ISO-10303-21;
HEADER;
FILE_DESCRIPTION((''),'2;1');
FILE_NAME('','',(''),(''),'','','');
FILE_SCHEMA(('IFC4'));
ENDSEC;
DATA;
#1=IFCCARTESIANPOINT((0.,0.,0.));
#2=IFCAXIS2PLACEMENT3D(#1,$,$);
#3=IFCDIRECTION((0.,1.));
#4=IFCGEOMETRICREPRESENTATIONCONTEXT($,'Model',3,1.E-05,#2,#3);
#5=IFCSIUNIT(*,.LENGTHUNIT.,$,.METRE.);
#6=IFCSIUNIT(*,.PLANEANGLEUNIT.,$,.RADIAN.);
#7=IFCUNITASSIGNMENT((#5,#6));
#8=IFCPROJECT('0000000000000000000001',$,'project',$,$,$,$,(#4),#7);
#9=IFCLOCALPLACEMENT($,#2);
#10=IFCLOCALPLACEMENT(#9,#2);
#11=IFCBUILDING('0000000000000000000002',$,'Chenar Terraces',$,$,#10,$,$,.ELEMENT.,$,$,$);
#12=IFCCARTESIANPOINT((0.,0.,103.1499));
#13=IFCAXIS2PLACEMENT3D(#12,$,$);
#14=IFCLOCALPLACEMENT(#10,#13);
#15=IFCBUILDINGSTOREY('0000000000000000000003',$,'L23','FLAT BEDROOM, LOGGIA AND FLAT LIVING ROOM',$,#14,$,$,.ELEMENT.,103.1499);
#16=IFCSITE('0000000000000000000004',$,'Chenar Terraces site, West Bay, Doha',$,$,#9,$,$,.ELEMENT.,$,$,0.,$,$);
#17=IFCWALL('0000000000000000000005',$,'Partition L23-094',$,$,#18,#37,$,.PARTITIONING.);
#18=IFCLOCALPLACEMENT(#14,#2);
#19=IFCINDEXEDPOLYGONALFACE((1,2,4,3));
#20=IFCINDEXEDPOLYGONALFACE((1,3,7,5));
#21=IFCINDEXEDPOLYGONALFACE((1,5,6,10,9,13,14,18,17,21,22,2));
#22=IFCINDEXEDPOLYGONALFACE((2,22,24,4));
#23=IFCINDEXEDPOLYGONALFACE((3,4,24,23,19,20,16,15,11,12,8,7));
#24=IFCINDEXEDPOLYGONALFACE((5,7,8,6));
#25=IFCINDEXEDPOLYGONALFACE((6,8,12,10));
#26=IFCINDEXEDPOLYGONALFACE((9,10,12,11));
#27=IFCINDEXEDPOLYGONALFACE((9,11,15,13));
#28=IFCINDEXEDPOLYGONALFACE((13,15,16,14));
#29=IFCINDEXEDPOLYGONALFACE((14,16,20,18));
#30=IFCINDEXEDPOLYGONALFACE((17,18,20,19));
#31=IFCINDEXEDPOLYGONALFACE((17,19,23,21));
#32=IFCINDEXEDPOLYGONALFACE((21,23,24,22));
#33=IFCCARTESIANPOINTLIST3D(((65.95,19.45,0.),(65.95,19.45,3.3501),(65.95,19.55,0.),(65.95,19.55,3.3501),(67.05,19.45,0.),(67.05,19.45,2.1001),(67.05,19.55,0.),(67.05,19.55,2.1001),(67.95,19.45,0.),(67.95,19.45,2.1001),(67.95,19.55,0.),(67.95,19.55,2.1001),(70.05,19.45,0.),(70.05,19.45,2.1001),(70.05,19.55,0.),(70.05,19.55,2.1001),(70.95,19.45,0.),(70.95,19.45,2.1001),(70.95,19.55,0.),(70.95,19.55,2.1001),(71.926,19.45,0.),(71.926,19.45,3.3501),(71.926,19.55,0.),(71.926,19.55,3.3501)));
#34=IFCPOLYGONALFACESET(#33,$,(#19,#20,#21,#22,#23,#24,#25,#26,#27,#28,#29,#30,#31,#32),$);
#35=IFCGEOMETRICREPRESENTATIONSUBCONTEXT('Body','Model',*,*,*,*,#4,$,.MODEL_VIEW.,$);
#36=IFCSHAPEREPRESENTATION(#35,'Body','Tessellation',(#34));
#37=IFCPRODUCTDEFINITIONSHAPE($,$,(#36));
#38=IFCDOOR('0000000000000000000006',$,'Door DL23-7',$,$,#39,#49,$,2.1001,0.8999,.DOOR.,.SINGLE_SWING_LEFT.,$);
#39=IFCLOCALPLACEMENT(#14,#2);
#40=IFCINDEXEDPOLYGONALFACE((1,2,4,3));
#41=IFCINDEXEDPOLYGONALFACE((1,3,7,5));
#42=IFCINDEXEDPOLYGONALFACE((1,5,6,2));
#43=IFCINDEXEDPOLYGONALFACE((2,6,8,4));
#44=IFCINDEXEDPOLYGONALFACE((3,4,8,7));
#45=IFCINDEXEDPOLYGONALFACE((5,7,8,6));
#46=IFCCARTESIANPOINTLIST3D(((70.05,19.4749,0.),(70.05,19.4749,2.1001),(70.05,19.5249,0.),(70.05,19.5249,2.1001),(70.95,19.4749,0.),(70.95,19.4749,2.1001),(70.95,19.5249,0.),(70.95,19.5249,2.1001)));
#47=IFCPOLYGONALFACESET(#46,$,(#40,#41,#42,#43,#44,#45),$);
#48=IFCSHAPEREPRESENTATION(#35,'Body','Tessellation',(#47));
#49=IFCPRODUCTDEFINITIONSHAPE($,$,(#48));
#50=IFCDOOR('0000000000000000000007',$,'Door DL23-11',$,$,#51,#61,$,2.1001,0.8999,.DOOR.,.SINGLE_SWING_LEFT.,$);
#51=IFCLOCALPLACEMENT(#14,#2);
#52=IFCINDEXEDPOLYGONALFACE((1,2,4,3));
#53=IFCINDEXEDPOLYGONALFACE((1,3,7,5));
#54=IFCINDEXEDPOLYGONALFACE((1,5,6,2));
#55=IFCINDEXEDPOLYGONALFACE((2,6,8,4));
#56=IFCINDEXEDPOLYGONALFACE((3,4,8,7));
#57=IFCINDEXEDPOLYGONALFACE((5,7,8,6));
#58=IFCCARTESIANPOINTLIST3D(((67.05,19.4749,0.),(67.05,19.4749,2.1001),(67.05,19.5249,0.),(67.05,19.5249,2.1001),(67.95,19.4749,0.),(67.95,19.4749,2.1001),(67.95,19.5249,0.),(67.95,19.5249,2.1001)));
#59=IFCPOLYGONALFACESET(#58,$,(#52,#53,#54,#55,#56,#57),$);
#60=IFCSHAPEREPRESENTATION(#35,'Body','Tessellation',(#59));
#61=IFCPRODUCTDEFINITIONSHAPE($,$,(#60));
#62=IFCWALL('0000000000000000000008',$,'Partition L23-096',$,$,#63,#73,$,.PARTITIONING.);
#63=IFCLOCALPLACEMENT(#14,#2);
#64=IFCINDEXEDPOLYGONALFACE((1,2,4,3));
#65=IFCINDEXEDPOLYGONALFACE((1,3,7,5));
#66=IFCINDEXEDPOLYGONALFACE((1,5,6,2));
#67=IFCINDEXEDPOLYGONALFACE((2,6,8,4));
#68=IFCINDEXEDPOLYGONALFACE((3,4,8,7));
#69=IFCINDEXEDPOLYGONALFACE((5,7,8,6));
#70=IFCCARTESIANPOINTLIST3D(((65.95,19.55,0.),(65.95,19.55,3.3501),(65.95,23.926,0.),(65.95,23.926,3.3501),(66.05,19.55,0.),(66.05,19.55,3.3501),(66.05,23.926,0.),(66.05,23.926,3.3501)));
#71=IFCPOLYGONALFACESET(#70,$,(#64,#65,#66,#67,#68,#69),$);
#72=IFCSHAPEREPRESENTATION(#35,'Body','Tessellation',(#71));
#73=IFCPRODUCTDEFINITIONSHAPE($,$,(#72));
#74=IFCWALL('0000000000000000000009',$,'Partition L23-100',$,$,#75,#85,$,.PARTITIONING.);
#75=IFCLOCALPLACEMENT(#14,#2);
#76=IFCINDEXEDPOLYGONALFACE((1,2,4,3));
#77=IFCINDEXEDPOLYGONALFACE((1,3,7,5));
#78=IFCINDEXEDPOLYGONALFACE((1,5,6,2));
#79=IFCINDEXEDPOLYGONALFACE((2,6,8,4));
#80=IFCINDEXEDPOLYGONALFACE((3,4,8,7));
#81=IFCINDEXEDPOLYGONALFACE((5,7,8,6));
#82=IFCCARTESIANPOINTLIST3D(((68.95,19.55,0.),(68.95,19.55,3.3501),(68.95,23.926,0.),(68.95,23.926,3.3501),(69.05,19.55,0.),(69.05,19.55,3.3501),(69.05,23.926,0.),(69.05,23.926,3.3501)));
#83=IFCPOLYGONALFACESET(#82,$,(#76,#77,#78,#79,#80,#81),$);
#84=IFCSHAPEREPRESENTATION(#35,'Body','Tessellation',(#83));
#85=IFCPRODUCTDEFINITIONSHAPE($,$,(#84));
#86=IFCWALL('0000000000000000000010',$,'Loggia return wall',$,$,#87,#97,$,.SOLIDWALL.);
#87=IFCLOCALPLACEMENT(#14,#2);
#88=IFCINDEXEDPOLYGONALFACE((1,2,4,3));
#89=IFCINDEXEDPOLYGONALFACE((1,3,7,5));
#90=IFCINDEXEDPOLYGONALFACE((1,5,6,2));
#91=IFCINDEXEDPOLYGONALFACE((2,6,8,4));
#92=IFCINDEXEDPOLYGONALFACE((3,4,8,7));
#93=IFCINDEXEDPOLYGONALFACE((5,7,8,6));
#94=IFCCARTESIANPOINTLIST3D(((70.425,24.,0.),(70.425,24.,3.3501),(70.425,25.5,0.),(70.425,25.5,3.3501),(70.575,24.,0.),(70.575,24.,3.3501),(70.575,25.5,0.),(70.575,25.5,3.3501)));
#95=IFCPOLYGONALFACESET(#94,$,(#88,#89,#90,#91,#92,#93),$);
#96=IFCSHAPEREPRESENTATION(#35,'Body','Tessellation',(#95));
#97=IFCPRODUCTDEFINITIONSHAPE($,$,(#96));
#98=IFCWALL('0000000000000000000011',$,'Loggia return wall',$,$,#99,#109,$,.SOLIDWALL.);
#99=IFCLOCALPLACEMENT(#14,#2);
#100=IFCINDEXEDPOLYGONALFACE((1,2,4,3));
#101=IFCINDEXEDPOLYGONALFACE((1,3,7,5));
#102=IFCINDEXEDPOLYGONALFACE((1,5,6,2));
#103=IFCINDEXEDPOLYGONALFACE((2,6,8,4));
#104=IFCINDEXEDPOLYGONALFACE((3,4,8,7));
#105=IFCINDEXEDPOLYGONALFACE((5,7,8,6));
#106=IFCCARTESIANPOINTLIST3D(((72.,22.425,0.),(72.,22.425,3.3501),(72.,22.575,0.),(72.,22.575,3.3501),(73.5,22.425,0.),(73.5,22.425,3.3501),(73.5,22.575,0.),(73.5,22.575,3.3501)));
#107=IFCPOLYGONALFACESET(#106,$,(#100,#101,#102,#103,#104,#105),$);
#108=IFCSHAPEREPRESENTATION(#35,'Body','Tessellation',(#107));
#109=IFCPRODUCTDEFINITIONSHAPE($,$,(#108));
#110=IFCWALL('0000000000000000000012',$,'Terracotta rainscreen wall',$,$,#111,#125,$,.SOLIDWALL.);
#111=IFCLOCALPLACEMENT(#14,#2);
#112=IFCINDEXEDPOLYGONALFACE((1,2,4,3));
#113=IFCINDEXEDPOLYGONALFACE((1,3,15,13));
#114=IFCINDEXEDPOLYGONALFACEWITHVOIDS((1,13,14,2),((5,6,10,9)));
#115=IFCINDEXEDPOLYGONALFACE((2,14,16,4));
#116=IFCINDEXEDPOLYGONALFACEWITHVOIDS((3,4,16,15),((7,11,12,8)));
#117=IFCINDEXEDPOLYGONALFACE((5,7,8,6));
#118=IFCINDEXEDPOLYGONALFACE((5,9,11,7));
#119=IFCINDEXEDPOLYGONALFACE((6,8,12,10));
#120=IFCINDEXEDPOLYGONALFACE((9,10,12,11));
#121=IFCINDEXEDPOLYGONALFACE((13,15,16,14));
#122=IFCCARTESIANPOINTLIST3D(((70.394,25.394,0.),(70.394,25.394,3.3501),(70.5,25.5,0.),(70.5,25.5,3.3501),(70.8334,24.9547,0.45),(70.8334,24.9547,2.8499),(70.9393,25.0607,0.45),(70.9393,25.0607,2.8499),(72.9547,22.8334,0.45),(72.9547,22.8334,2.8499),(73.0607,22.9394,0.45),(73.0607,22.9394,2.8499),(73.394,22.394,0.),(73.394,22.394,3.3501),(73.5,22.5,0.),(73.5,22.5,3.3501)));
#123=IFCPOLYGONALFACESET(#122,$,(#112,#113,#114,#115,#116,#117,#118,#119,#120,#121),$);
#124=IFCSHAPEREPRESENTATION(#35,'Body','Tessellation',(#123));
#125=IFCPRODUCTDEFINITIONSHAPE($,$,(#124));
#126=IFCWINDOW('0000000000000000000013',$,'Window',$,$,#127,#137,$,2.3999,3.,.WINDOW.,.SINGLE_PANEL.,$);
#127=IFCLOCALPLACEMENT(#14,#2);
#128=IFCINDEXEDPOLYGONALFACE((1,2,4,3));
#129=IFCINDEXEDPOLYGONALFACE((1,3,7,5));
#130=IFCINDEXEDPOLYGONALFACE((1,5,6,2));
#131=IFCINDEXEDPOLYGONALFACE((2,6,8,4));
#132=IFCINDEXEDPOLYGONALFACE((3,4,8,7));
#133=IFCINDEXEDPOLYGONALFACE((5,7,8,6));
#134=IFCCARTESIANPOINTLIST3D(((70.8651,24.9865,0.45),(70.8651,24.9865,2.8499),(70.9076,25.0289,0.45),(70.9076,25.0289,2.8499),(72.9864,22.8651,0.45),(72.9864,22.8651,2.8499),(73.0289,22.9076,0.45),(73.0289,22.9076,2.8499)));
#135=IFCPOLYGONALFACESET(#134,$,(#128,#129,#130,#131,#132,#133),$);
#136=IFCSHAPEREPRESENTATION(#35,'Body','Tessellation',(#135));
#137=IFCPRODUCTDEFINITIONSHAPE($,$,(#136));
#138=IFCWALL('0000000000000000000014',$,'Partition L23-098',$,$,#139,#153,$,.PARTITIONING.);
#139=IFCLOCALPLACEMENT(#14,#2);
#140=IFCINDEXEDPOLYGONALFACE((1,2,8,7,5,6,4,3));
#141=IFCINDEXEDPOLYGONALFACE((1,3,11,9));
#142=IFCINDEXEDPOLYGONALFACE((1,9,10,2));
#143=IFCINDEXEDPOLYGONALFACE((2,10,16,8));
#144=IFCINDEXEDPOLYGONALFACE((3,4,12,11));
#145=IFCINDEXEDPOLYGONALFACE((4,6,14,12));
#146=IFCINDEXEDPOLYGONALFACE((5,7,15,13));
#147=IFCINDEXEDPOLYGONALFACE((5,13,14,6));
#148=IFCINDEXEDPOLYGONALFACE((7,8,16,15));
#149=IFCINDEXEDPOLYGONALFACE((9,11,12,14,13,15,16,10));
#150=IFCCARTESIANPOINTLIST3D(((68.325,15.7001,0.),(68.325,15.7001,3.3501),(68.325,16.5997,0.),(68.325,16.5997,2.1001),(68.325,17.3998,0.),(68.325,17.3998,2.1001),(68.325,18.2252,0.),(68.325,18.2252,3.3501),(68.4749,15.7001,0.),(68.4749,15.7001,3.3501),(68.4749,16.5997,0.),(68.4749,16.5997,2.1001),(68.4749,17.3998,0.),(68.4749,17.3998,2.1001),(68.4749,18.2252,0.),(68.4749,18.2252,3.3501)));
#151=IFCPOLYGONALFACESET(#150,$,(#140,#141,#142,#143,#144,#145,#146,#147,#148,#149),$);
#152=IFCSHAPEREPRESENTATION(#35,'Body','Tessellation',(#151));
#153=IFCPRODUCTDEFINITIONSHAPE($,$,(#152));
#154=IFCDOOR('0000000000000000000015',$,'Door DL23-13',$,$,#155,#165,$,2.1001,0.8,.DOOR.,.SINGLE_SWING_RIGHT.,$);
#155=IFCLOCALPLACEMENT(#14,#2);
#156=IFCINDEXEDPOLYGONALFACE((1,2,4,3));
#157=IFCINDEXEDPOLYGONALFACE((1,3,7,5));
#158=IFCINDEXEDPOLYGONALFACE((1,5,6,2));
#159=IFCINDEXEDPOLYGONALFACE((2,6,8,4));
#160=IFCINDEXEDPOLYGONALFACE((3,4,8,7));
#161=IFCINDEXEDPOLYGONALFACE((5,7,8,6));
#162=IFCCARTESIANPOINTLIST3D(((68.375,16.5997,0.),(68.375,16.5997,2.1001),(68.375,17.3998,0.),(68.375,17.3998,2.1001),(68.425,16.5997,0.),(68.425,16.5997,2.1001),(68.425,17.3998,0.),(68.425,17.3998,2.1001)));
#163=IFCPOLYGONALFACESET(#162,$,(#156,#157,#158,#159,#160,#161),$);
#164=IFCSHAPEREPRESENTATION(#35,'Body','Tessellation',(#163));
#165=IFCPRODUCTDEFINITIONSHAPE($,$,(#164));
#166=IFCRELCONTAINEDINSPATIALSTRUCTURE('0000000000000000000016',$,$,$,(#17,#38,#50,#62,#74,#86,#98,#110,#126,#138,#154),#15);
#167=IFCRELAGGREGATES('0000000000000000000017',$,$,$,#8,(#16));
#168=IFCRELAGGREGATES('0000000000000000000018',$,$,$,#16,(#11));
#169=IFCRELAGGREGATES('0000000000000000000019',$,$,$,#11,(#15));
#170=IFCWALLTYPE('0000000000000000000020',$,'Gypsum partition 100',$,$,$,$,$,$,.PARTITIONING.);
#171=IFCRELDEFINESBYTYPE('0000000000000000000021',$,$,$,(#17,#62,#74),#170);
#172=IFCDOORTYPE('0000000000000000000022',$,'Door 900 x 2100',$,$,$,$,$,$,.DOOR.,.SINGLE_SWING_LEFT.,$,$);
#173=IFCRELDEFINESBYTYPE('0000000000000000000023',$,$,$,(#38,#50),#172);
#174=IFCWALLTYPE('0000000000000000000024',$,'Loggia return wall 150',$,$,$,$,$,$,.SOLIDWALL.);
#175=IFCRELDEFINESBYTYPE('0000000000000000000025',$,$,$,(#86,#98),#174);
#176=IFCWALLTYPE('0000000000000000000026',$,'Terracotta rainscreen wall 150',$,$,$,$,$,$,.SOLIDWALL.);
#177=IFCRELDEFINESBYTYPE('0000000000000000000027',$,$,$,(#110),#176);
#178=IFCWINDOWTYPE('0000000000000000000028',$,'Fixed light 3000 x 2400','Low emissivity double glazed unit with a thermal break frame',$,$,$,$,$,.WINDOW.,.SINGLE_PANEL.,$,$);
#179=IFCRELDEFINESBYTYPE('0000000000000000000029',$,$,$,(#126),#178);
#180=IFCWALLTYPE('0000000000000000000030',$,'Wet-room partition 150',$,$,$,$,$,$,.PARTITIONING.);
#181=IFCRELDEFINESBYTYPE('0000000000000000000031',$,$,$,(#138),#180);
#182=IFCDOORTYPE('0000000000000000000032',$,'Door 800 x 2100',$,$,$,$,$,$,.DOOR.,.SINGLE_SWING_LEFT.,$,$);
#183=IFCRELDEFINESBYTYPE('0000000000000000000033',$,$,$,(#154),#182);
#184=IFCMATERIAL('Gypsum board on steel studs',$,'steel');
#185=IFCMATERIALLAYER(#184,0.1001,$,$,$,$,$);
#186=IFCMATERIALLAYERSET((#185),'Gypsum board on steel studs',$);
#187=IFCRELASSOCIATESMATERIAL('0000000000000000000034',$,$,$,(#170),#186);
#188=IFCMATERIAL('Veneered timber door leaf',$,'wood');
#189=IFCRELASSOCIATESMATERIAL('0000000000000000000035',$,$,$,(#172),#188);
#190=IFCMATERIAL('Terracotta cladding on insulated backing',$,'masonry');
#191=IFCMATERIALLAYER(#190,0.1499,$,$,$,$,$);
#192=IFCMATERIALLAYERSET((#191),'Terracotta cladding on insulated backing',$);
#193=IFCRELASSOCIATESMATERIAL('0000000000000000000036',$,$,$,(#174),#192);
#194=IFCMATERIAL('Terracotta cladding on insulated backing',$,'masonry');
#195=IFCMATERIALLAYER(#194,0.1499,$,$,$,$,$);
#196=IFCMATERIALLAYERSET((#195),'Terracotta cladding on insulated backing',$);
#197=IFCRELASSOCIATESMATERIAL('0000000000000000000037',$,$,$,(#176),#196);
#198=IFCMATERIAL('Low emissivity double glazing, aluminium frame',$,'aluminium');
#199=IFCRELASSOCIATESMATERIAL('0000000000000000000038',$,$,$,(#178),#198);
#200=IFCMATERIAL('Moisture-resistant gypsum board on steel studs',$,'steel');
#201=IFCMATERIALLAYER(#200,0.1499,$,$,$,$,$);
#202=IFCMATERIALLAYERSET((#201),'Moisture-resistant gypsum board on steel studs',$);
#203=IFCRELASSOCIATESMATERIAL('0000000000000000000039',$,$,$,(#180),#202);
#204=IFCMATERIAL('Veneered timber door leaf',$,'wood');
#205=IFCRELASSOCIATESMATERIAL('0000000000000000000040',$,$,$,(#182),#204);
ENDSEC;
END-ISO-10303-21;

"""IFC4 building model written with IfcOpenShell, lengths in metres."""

from ifc_helpers import new_model, si_unit, direction, frame, frame_2d, origin, place, context, subcontext, project, spatial, rectangle, extrude, material, layer, layer_set, type_object, element, fill, save


model = new_model("IFC4")

# Units and contexts
model_context = context("Model", 3, precision=1e-05, world=origin(), true_north=direction((0.0, 1.0)))
body_context = subcontext(model_context, "Body", "Model", "MODEL_VIEW")
ifc_project = project(units=[si_unit("LENGTHUNIT", "METRE"), si_unit("PLANEANGLEUNIT", "RADIAN")], contexts=[model_context])

# Site, building, storey
site_placement = place(None, origin())
site = spatial("IfcSite", under=ifc_project, at=site_placement, Name="Chenar Terraces site, West Bay, Doha", CompositionType="ELEMENT", RefElevation=0.0)
building_placement = place(site_placement, origin())
building = spatial("IfcBuilding", under=site, at=building_placement, Name="Chenar Terraces", CompositionType="ELEMENT")
storey_placement = place(building_placement, frame((0.0, 0.0, 103.1499)))
storey = spatial("IfcBuildingStorey", under=building, at=storey_placement, Name="L23", Description="FLAT BEDROOM, LOGGIA AND FLAT LIVING ROOM", CompositionType="ELEMENT", Elevation=103.1499)

# Wall, openings, doors
ifc_material_1 = material(Name="Gypsum board on steel studs", Category="steel")
ifc_layer_1 = layer(ifc_material_1, 0.1001)
ifc_layer_set_1 = layer_set([ifc_layer_1], Name="Gypsum board on steel studs")
wall_type_1 = type_object("IfcWallType", Name="Gypsum partition 100", PredefinedType="PARTITIONING", material=ifc_layer_set_1)
wall_1_placement = place(storey_placement, frame((65.95, 19.5, 0.0), z_axis=(0.0, 0.0, 1.0), x_axis=(1.0, 0.0, 0.0)))
wall_1 = element("IfcWall", 1, at=wall_1_placement, inside=storey, type_object=wall_type_1, Name="Partition L23-094", PredefinedType="PARTITIONING", context=body_context, shape_type="SweptSolid", body=[
    extrude(rectangle(XDim=5.9761, YDim=0.1001, at=frame_2d((2.988, 0.0))), origin(), (0.0, 0.0, 1.0), 3.3501),
])
opening_1_placement = place(wall_1_placement, frame((4.1001, 0.0, 0.0)))
opening_1 = element("IfcOpeningElement", 2, at=opening_1_placement, cuts=wall_1, PredefinedType="OPENING", context=body_context, shape_type="SweptSolid", body=[
    extrude(rectangle(XDim=0.8999, YDim=2.1001, at=frame_2d((0.45, 1.05))), frame((0.0, 0.0601, 0.0), z_axis=(0.0, -1.0, 0.0), x_axis=(1.0, 0.0, 0.0)), (0.0, 0.0, 1.0), 0.1201),
])
opening_2_placement = place(wall_1_placement, frame((1.1001, 0.0, 0.0)))
opening_2 = element("IfcOpeningElement", 3, at=opening_2_placement, cuts=wall_1, PredefinedType="OPENING", context=body_context, shape_type="SweptSolid", body=[
    extrude(rectangle(XDim=0.8999, YDim=2.1001, at=frame_2d((0.45, 1.05))), frame((0.0, 0.0601, 0.0), z_axis=(0.0, -1.0, 0.0), x_axis=(1.0, 0.0, 0.0)), (0.0, 0.0, 1.0), 0.1201),
])
ifc_material_2 = material(Name="Veneered timber door leaf", Category="wood")
door_type_1 = type_object("IfcDoorType", Name="Door 900 x 2100", OperationType="SINGLE_SWING_LEFT", PredefinedType="DOOR", material=ifc_material_2)
door_1_placement = place(opening_1_placement, origin())
door_1 = element("IfcDoor", 4, at=door_1_placement, inside=storey, type_object=door_type_1, Name="Door DL23-7", OperationType="SINGLE_SWING_LEFT", OverallHeight=2.1001, OverallWidth=0.8999, PredefinedType="DOOR", context=body_context, shape_type="SweptSolid", body=[
    extrude(rectangle(XDim=0.8999, YDim=2.1001, at=frame_2d((0.45, 1.05))), frame((0.0, 0.0249, 0.0), z_axis=(0.0, -1.0, 0.0), x_axis=(1.0, 0.0, 0.0)), (0.0, 0.0, 1.0), 0.05),
])
fill(opening_1, door_1)
door_2_placement = place(opening_2_placement, origin())
door_2 = element("IfcDoor", 5, at=door_2_placement, inside=storey, type_object=door_type_1, Name="Door DL23-11", OperationType="SINGLE_SWING_LEFT", OverallHeight=2.1001, OverallWidth=0.8999, PredefinedType="DOOR", context=body_context, shape_type="SweptSolid", body=[
    extrude(rectangle(XDim=0.8999, YDim=2.1001, at=frame_2d((0.45, 1.05))), frame((0.0, 0.0249, 0.0), z_axis=(0.0, -1.0, 0.0), x_axis=(1.0, 0.0, 0.0)), (0.0, 0.0, 1.0), 0.05),
])
fill(opening_2, door_2)

# Walls
for number, where, z_axis, x_axis, name in (
    (6, (66.0, 19.55, 0.0), (0.0, 0.0, 1.0), (0.0, 1.0, 0.0), "Partition L23-096"),
    (7, (69.0, 19.55, 0.0), (0.0, 0.0, 1.0), (0.0, 1.0, 0.0), "Partition L23-100"),
):
    element("IfcWall", number, at=place(storey_placement, frame(where, z_axis=z_axis, x_axis=x_axis)), inside=storey, type_object=wall_type_1, Name=name, PredefinedType="PARTITIONING", context=body_context, shape_type="SweptSolid", body=[
        extrude(rectangle(XDim=4.376, YDim=0.1001, at=frame_2d((2.188, 0.0))), origin(), (0.0, 0.0, 1.0), 3.3501),
    ])
ifc_material_3 = material(Name="Terracotta cladding on insulated backing", Category="masonry")
ifc_layer_2 = layer(ifc_material_3, 0.1499)
ifc_layer_set_2 = layer_set([ifc_layer_2], Name="Terracotta cladding on insulated backing")
wall_type_2 = type_object("IfcWallType", Name="Loggia return wall 150", PredefinedType="SOLIDWALL", material=ifc_layer_set_2)
for number, where, z_axis, x_axis, name in (
    (8, (70.5, 25.5, 0.0), (0.0, 0.0, 1.0), (0.0, -1.0, 0.0), "Loggia return wall"),
    (9, (73.5, 22.5, 0.0), (0.0, 0.0, 1.0), (-1.0, 0.0, 0.0), "Loggia return wall"),
):
    element("IfcWall", number, at=place(storey_placement, frame(where, z_axis=z_axis, x_axis=x_axis)), inside=storey, type_object=wall_type_2, Name=name, PredefinedType="SOLIDWALL", context=body_context, shape_type="SweptSolid", body=[
        extrude(rectangle(XDim=1.5, YDim=0.1499, at=frame_2d((0.75, 0.0))), origin(), (0.0, 0.0, 1.0), 3.3501),
    ])

# Wall, opening, window
ifc_material_4 = material(Name="Terracotta cladding on insulated backing", Category="masonry")
ifc_layer_3 = layer(ifc_material_4, 0.1499)
ifc_layer_set_3 = layer_set([ifc_layer_3], Name="Terracotta cladding on insulated backing")
wall_type_3 = type_object("IfcWallType", Name="Terracotta rainscreen wall 150", PredefinedType="SOLIDWALL", material=ifc_layer_set_3)
wall_2_placement = place(storey_placement, frame((73.447, 22.447, 0.0), z_axis=(0.0, 0.0, 1.0), x_axis=(-0.707107, 0.707107, 0.0)))
wall_2 = element("IfcWall", 10, at=wall_2_placement, inside=storey, type_object=wall_type_3, Name="Terracotta rainscreen wall", PredefinedType="SOLIDWALL", context=body_context, shape_type="SweptSolid", body=[
    extrude(rectangle(XDim=4.2427, YDim=0.1499, at=frame_2d((2.1213, 0.0))), origin(), (0.0, 0.0, 1.0), 3.3501),
])
opening_3_placement = place(wall_2_placement, frame((0.6213, 0.0, 0.45)))
opening_3 = element("IfcOpeningElement", 11, at=opening_3_placement, cuts=wall_2, PredefinedType="OPENING", context=body_context, shape_type="SweptSolid", body=[
    extrude(rectangle(XDim=3.0, YDim=2.3999, at=frame_2d((1.5, 1.2))), frame((0.0, 0.085, 0.0), z_axis=(0.0, -1.0, 0.0), x_axis=(1.0, 0.0, 0.0)), (0.0, 0.0, 1.0), 0.1699),
])
ifc_material_5 = material(Name="Low emissivity double glazing, aluminium frame", Category="aluminium")
window_type_1 = type_object("IfcWindowType", Name="Fixed light 3000 x 2400", Description="Low emissivity double glazed unit with a thermal break frame", PartitioningType="SINGLE_PANEL", PredefinedType="WINDOW", material=ifc_material_5)
window_1_placement = place(opening_3_placement, origin())
window_1 = element("IfcWindow", 12, at=window_1_placement, inside=storey, type_object=window_type_1, Name="Window", OverallHeight=2.3999, OverallWidth=3.0, PartitioningType="SINGLE_PANEL", PredefinedType="WINDOW", context=body_context, shape_type="SweptSolid", body=[
    extrude(rectangle(XDim=3.0, YDim=2.3999, at=frame_2d((1.5, 1.2))), frame((0.0, 0.03, 0.0), z_axis=(0.0, -1.0, 0.0), x_axis=(1.0, 0.0, 0.0)), (0.0, 0.0, 1.0), 0.0601),
])
fill(opening_3, window_1)

# Wall, opening, door
ifc_material_6 = material(Name="Moisture-resistant gypsum board on steel studs", Category="steel")
ifc_layer_4 = layer(ifc_material_6, 0.1499)
ifc_layer_set_4 = layer_set([ifc_layer_4], Name="Moisture-resistant gypsum board on steel studs")
wall_type_4 = type_object("IfcWallType", Name="Wet-room partition 150", PredefinedType="PARTITIONING", material=ifc_layer_set_4)
wall_3_placement = place(storey_placement, frame((68.3999, 15.7, 0.0), z_axis=(0.0, 0.0, 1.0), x_axis=(0.0, 1.0, 0.0)))
wall_3 = element("IfcWall", 13, at=wall_3_placement, inside=storey, type_object=wall_type_4, Name="Partition L23-098", PredefinedType="PARTITIONING", context=body_context, shape_type="SweptSolid", body=[
    extrude(rectangle(XDim=2.5251, YDim=0.1499, at=frame_2d((1.2627, 0.0))), origin(), (0.0, 0.0, 1.0), 3.3501),
])
opening_4_placement = place(wall_3_placement, frame((0.8999, 0.0, 0.0)))
opening_4 = element("IfcOpeningElement", 14, at=opening_4_placement, cuts=wall_3, PredefinedType="OPENING", context=body_context, shape_type="SweptSolid", body=[
    extrude(rectangle(XDim=0.8, YDim=2.1001, at=frame_2d((0.3999, 1.05))), frame((0.0, 0.085, 0.0), z_axis=(0.0, -1.0, 0.0), x_axis=(1.0, 0.0, 0.0)), (0.0, 0.0, 1.0), 0.1699),
])
ifc_material_7 = material(Name="Veneered timber door leaf", Category="wood")
door_type_2 = type_object("IfcDoorType", Name="Door 800 x 2100", OperationType="SINGLE_SWING_LEFT", PredefinedType="DOOR", material=ifc_material_7)
door_3_placement = place(opening_4_placement, origin())
door_3 = element("IfcDoor", 15, at=door_3_placement, inside=storey, type_object=door_type_2, Name="Door DL23-13", OperationType="SINGLE_SWING_RIGHT", OverallHeight=2.1001, OverallWidth=0.8, PredefinedType="DOOR", context=body_context, shape_type="SweptSolid", body=[
    extrude(rectangle(XDim=0.8, YDim=2.1001, at=frame_2d((0.3999, 1.05))), frame((0.0, 0.0249, 0.0), z_axis=(0.0, -1.0, 0.0), x_axis=(1.0, 0.0, 0.0)), (0.0, 0.0, 1.0), 0.05),
])
fill(opening_4, door_3)

save(model, "model.ifc")
